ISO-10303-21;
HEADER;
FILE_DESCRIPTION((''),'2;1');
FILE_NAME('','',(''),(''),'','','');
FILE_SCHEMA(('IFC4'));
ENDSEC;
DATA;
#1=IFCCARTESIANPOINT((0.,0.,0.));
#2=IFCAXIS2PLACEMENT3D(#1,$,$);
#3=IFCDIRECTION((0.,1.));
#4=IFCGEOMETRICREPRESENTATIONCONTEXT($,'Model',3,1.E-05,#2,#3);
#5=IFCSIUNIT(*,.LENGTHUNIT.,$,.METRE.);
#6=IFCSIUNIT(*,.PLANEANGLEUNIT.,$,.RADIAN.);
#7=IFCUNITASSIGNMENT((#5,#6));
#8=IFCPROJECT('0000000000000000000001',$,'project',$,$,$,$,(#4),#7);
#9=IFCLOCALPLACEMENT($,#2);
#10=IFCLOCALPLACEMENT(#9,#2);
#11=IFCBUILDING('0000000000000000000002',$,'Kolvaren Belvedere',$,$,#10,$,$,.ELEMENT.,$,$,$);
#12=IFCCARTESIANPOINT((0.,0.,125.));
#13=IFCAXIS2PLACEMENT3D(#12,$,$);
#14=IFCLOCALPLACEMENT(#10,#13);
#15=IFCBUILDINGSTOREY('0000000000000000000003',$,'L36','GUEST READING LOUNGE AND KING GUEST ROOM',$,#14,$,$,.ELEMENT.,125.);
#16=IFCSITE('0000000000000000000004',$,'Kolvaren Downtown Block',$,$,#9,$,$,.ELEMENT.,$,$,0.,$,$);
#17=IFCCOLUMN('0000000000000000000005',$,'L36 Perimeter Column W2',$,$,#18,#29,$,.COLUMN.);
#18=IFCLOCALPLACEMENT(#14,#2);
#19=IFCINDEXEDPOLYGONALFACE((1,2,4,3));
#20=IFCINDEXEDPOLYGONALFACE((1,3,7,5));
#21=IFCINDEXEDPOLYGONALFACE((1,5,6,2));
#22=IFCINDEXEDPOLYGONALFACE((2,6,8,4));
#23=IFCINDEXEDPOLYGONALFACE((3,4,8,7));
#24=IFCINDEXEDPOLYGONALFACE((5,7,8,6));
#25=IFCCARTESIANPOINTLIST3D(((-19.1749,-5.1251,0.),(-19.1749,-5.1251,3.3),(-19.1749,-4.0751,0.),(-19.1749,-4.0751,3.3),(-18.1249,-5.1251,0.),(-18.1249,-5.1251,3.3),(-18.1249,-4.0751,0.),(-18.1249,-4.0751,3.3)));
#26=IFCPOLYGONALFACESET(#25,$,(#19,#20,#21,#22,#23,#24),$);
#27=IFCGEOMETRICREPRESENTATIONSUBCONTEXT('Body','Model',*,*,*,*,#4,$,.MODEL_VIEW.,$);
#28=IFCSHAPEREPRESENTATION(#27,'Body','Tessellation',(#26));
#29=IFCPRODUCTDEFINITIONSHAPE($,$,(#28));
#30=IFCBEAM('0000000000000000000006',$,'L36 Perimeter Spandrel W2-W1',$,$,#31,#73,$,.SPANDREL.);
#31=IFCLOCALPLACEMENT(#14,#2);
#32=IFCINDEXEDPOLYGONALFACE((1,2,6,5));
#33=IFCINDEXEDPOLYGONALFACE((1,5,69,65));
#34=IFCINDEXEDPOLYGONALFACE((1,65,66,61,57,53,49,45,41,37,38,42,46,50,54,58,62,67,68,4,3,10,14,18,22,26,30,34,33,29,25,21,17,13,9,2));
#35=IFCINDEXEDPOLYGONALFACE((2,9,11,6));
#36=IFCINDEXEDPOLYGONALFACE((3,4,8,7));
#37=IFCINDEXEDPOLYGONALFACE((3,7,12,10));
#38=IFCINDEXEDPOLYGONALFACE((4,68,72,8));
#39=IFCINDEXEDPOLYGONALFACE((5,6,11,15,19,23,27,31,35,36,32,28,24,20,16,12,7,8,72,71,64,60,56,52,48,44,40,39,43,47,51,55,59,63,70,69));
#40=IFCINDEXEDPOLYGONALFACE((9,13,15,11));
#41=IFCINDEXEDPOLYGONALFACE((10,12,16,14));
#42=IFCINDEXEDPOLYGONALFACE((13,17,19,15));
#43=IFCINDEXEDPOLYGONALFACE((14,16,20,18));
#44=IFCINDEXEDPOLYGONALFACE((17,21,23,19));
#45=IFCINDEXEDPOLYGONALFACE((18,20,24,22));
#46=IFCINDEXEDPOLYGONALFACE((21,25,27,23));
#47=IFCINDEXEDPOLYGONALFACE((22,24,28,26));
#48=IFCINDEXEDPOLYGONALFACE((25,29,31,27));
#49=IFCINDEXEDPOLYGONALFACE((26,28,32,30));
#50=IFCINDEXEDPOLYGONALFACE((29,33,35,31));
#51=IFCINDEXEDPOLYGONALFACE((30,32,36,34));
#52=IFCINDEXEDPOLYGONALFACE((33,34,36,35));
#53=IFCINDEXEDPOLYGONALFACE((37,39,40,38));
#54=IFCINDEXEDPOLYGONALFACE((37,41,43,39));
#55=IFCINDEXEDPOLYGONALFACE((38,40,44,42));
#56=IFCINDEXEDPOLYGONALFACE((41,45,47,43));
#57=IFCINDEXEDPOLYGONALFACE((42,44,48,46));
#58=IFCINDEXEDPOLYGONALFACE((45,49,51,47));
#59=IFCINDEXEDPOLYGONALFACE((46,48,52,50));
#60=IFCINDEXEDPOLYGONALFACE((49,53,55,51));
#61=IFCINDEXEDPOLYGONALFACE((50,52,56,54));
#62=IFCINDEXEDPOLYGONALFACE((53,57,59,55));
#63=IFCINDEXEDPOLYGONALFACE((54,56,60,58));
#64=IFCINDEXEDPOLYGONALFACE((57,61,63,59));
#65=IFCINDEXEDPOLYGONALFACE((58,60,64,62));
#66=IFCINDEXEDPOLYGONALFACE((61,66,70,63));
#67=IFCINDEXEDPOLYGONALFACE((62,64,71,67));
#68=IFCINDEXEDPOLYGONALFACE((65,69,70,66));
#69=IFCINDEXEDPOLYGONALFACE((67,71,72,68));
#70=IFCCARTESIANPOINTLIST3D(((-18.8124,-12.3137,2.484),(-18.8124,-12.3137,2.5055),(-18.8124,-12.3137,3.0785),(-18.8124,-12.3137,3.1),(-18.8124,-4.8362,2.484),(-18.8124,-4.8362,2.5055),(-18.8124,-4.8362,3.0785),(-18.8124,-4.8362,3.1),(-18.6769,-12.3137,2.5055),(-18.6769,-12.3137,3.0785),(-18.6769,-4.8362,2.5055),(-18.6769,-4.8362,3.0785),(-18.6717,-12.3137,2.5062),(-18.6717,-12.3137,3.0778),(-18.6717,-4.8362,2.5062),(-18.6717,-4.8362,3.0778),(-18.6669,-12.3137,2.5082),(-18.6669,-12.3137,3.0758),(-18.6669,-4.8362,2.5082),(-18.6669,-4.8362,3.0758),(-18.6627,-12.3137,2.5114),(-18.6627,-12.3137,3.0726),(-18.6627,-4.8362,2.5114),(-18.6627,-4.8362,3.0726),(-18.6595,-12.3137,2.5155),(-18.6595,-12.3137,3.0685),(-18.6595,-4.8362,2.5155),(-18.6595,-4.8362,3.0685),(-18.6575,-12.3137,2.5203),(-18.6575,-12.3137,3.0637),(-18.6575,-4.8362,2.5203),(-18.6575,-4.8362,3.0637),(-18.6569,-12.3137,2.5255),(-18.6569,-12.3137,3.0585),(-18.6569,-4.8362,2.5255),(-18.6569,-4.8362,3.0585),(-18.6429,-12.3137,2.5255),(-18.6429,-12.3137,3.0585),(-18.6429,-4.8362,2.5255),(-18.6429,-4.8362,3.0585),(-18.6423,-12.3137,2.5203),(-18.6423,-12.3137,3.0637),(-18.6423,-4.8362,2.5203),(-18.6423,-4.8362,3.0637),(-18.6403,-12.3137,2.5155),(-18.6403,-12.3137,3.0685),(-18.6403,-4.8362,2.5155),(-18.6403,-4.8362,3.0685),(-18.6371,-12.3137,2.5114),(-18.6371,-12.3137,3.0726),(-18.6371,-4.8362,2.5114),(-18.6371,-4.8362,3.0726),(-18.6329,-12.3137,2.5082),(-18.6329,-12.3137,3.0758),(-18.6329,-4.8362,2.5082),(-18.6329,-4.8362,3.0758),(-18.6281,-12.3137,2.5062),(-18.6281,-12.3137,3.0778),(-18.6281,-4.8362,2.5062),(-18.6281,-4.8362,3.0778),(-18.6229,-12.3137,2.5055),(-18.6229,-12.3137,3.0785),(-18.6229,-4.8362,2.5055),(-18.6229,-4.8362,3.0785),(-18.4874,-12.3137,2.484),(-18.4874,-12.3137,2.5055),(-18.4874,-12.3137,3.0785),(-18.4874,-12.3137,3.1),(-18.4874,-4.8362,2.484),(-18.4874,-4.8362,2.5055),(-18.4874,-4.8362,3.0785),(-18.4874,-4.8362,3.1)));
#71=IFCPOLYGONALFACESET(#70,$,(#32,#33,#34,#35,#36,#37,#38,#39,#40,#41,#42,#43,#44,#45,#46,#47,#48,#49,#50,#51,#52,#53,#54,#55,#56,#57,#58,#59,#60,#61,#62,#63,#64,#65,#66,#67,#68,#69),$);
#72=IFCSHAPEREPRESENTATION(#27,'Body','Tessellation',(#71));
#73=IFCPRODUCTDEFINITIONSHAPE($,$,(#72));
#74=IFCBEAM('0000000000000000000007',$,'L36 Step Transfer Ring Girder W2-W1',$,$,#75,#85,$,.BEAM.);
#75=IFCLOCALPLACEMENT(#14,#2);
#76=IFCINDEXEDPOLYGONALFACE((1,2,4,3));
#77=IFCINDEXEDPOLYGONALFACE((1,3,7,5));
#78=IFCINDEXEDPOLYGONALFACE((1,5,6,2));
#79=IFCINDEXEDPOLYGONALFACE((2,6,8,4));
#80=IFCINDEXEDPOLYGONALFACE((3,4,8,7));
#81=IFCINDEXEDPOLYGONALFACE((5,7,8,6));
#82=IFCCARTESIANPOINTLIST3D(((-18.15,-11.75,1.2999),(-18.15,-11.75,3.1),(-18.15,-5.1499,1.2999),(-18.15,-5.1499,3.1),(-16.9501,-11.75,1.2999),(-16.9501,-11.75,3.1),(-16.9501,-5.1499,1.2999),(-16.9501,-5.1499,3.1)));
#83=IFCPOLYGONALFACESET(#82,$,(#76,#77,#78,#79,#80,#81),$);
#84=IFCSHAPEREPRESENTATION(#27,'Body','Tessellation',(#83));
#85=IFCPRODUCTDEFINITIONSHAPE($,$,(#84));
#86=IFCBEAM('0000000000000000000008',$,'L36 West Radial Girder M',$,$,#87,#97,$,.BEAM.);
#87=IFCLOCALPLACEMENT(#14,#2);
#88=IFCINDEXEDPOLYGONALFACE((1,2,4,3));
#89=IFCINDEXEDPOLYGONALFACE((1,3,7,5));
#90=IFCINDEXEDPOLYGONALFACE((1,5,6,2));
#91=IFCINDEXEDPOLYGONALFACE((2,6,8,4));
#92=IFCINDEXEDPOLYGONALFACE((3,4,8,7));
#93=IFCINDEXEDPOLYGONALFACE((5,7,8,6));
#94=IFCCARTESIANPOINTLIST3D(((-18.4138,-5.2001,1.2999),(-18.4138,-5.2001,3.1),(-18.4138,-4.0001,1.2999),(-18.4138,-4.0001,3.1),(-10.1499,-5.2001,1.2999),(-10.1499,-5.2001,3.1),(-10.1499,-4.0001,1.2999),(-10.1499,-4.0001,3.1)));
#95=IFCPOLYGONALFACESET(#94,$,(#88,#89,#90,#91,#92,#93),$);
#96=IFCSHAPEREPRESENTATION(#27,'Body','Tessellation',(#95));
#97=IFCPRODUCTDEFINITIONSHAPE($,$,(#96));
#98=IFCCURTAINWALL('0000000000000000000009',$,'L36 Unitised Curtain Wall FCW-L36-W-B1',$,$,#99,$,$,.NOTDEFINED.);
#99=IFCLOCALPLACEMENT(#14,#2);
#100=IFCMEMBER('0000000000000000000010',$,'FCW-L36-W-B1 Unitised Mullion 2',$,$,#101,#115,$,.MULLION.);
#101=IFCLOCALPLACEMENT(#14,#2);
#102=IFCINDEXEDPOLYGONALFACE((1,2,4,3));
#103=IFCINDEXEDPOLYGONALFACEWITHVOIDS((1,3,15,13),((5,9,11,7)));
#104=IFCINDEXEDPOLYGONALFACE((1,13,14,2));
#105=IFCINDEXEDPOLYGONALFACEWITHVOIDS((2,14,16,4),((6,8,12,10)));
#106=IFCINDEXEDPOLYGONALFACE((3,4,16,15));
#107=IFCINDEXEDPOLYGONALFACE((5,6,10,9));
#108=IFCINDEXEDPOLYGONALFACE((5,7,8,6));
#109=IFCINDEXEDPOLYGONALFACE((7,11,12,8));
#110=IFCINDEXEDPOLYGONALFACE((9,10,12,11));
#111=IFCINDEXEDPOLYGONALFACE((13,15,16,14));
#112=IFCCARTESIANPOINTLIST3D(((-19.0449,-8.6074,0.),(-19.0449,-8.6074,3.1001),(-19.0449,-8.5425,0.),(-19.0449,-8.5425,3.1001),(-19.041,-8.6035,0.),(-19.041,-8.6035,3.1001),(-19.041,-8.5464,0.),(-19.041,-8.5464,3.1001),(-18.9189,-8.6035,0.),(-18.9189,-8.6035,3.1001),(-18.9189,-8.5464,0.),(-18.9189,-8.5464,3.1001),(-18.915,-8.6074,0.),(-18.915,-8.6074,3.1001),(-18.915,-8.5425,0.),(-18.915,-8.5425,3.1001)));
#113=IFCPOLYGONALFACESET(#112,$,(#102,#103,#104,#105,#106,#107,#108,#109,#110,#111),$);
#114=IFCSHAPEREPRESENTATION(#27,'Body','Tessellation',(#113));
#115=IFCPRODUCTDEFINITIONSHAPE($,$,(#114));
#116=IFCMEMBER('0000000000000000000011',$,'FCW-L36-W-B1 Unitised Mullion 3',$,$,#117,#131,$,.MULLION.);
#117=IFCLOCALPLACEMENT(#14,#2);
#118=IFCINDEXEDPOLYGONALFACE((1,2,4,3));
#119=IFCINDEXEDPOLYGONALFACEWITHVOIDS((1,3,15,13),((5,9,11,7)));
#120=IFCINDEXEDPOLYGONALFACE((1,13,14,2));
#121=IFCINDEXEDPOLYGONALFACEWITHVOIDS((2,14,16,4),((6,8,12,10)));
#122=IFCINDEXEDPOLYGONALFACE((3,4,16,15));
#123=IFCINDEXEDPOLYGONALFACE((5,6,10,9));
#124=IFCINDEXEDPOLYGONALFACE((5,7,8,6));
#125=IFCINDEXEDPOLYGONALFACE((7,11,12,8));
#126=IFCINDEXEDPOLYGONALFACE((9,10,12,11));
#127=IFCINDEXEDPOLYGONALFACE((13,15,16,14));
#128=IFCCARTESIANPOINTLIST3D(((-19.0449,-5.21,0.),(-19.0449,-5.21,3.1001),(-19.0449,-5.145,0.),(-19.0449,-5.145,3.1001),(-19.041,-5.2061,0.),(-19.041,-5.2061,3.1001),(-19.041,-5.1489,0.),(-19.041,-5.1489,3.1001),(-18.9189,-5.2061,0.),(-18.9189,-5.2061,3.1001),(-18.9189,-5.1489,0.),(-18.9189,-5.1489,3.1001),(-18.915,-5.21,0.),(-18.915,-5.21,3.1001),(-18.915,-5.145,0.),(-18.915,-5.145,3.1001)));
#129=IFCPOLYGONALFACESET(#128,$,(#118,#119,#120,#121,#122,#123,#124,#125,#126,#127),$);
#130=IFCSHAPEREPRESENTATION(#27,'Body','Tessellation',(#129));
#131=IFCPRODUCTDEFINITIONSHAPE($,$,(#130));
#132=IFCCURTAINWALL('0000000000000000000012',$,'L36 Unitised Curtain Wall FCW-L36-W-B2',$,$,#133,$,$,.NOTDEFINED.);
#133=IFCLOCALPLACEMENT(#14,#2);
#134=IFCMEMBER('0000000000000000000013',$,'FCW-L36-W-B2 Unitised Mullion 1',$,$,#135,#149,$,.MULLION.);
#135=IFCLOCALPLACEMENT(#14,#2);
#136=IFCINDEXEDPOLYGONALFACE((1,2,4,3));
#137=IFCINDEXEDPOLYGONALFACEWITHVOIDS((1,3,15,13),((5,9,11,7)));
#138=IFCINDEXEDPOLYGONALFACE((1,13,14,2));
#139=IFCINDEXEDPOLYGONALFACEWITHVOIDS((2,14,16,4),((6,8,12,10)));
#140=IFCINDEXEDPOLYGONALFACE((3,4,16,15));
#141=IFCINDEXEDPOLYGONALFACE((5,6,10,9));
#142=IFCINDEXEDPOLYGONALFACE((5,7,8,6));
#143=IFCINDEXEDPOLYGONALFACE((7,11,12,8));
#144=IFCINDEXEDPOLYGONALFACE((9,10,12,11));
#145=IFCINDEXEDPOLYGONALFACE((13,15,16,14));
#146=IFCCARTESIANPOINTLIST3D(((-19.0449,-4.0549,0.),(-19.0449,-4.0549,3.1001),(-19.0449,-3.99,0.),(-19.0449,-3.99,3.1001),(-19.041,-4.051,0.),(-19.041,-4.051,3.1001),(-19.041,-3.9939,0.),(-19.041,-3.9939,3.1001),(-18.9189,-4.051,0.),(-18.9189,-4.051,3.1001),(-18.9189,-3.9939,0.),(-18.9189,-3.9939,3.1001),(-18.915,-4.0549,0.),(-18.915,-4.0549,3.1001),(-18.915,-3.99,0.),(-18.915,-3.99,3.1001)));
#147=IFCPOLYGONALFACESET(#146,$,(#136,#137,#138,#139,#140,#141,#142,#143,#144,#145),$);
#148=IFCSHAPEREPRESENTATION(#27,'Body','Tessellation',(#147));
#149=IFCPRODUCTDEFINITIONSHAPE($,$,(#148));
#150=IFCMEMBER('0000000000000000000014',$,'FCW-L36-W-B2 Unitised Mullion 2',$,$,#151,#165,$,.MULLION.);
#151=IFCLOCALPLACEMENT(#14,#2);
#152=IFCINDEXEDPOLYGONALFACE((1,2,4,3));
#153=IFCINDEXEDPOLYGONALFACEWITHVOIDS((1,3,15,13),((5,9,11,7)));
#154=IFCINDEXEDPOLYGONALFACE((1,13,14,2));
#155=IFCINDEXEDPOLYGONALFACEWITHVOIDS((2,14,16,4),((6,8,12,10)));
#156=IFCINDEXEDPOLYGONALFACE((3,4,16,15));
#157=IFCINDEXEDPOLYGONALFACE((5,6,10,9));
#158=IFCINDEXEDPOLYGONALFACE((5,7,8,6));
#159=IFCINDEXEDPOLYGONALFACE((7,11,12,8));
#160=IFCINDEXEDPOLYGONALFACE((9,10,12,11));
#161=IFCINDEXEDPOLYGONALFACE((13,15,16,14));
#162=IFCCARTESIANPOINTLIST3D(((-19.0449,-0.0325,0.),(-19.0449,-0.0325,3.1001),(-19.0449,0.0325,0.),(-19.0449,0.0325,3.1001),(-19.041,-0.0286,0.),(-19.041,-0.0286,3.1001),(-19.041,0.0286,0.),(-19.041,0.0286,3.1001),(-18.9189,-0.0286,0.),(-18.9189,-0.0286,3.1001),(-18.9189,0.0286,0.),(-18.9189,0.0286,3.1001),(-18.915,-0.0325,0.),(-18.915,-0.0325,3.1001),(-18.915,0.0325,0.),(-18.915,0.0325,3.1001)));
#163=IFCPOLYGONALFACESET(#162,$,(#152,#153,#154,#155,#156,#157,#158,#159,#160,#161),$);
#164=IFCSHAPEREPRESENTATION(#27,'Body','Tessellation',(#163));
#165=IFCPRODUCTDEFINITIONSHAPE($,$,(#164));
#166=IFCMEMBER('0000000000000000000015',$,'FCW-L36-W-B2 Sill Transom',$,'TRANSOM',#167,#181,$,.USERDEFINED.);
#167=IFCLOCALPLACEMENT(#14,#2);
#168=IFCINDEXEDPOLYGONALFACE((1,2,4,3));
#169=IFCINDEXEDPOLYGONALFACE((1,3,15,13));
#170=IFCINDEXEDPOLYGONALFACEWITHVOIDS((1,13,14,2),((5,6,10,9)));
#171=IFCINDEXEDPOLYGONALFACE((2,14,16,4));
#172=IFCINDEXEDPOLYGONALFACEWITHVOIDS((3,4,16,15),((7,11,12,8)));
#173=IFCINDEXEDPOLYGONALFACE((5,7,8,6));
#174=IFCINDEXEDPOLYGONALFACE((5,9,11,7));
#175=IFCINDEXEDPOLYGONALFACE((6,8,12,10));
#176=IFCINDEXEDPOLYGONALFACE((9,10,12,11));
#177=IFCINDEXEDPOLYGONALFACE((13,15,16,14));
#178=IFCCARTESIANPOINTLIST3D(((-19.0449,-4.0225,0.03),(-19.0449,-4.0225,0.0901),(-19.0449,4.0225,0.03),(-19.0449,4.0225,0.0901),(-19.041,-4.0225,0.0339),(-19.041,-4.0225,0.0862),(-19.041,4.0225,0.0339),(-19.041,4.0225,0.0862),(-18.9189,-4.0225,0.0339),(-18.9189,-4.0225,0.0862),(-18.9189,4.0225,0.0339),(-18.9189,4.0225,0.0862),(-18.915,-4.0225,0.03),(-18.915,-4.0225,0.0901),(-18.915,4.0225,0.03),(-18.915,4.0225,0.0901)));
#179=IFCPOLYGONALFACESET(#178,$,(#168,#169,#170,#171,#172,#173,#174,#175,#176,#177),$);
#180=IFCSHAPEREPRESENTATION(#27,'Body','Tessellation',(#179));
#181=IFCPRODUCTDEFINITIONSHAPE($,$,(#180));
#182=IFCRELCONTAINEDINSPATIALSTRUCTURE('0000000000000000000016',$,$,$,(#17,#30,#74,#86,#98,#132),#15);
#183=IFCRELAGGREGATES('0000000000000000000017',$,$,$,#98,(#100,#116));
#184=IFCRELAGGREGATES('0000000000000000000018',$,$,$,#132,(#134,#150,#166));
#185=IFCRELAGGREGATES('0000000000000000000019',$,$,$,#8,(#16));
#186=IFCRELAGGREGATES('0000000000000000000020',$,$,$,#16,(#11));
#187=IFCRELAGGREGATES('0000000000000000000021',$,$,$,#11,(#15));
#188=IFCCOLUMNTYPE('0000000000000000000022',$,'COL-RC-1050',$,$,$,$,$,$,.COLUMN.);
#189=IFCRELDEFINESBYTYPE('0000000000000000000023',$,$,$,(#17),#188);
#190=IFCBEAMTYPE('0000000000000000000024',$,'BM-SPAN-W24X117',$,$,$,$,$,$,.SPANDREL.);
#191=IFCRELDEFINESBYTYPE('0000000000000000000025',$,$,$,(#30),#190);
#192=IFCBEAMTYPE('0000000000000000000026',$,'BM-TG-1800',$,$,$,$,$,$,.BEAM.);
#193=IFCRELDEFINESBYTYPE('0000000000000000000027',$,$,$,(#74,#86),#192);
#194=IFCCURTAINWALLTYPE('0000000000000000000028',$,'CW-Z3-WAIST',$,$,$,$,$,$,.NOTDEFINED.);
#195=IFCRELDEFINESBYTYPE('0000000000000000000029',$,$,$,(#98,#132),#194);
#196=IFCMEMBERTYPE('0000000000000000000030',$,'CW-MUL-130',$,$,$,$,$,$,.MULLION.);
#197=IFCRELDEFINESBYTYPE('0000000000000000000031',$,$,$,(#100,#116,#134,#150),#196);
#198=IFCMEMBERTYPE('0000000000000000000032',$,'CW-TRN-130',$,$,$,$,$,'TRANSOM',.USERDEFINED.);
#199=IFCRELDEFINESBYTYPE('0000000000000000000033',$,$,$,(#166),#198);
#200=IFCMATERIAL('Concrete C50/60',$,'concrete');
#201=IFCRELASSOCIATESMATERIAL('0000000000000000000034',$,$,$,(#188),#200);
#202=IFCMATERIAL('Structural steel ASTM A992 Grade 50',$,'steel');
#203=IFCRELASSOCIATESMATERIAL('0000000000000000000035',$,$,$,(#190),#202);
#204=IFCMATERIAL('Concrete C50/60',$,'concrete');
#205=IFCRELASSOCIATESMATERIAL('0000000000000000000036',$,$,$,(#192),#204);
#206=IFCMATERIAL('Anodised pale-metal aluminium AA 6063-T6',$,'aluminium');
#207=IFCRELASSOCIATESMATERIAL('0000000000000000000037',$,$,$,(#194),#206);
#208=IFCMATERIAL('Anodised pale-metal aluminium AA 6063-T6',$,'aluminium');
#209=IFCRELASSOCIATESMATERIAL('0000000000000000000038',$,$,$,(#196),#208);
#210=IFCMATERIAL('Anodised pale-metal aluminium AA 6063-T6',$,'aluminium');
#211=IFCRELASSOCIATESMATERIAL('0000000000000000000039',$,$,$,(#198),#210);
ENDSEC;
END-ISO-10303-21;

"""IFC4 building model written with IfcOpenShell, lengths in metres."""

from ifc_helpers import new_model, si_unit, direction, frame, origin, origin_2d, place, context, subcontext, project, spatial, rectangle, hollow_rectangle, i_section, extrude, material, material_profile, profile_set, type_object, element, aggregate, save


model = new_model("IFC4")

# Units and contexts
model_context = context("Model", 3, precision=1e-05, world=origin(), true_north=direction((0.0, 1.0)))
body_context = subcontext(model_context, "Body", "Model", "MODEL_VIEW")
ifc_project = project(units=[si_unit("LENGTHUNIT", "METRE"), si_unit("PLANEANGLEUNIT", "RADIAN")], contexts=[model_context])

# Site, building, storey
site_placement = place(None, origin())
site = spatial("IfcSite", under=ifc_project, at=site_placement, Name="Kolvaren Downtown Block", CompositionType="ELEMENT", RefElevation=0.0)
building_placement = place(site_placement, origin())
building = spatial("IfcBuilding", under=site, at=building_placement, Name="Kolvaren Belvedere", CompositionType="ELEMENT")
storey_placement = place(building_placement, frame((0.0, 0.0, 125.0)))
storey = spatial("IfcBuildingStorey", under=building, at=storey_placement, Name="L36", Description="GUEST READING LOUNGE AND KING GUEST ROOM", CompositionType="ELEMENT", Elevation=125.0)

# Column
ifc_material_1 = material(Name="Concrete C50/60", Category="concrete")
ifc_material_profile_1 = material_profile(ifc_material_1, rectangle(XDim=1.05, YDim=1.05, at=origin_2d()), Name="RC 1050X1050")
ifc_profile_set_1 = profile_set([ifc_material_profile_1], Name="Concrete C50/60")
column_type = type_object("IfcColumnType", Name="COL-RC-1050", PredefinedType="COLUMN", material=ifc_profile_set_1)
column_placement = place(storey_placement, frame((-18.6499, -4.6001, 0.0), z_axis=(0.0, 0.0, 1.0), x_axis=(1.0, 0.0, 0.0)))
element("IfcColumn", 1, at=column_placement, inside=storey, type_object=column_type, Name="L36 Perimeter Column W2", PredefinedType="COLUMN", context=body_context, shape_type="SweptSolid", body=[
    extrude(rectangle(XDim=1.05, YDim=1.05, at=origin_2d()), origin(), (0.0, 0.0, 1.0), 3.3),
])

# Beams
ifc_material_2 = material(Name="Structural steel ASTM A992 Grade 50", Category="steel")
ifc_material_profile_2 = material_profile(ifc_material_2, i_section(OverallWidth=0.325, OverallDepth=0.616, WebThickness=0.0139, FlangeThickness=0.0215, FilletRadius=0.02, at=origin_2d()), Name="W24X117")
ifc_profile_set_2 = profile_set([ifc_material_profile_2], Name="Structural steel ASTM A992 Grade 50")
beam_type_1 = type_object("IfcBeamType", Name="BM-SPAN-W24X117", PredefinedType="SPANDREL", material=ifc_profile_set_2)
beam_1_placement = place(storey_placement, frame((-18.6499, -4.8362, 2.792), z_axis=(0.0, -1.0, 0.0), x_axis=(1.0, 0.0, 0.0)))
element("IfcBeam", 2, at=beam_1_placement, inside=storey, type_object=beam_type_1, Name="L36 Perimeter Spandrel W2-W1", PredefinedType="SPANDREL", context=body_context, shape_type="SweptSolid", body=[
    extrude(i_section(OverallWidth=0.325, OverallDepth=0.616, WebThickness=0.0139, FlangeThickness=0.0215, FilletRadius=0.02, at=origin_2d()), origin(), (0.0, 0.0, 1.0), 7.4775),
])
ifc_material_3 = material(Name="Concrete C50/60", Category="concrete")
ifc_material_profile_3 = material_profile(ifc_material_3, rectangle(XDim=1.2, YDim=1.8, at=origin_2d()), Name="RC 1200X1800")
ifc_profile_set_3 = profile_set([ifc_material_profile_3], Name="Concrete C50/60")
beam_type_2 = type_object("IfcBeamType", Name="BM-TG-1800", PredefinedType="BEAM", material=ifc_profile_set_3)
beam_2_placement = place(storey_placement, frame((-17.55, -5.1499, 2.2), z_axis=(0.0, -1.0, 0.0), x_axis=(1.0, 0.0, 0.0)))
element("IfcBeam", 3, at=beam_2_placement, inside=storey, type_object=beam_type_2, Name="L36 Step Transfer Ring Girder W2-W1", PredefinedType="BEAM", context=body_context, shape_type="SweptSolid", body=[
    extrude(rectangle(XDim=1.2, YDim=1.8, at=origin_2d()), origin(), (0.0, 0.0, 1.0), 6.6001),
])
beam_3_placement = place(storey_placement, frame((-10.1499, -4.6001, 2.2), z_axis=(-1.0, 0.0, 0.0), x_axis=(0.0, -1.0, 0.0)))
element("IfcBeam", 4, at=beam_3_placement, inside=storey, type_object=beam_type_2, Name="L36 West Radial Girder M", PredefinedType="BEAM", context=body_context, shape_type="SweptSolid", body=[
    extrude(rectangle(XDim=1.2, YDim=1.8, at=origin_2d()), origin(), (0.0, 0.0, 1.0), 8.2639),
])

# Curtain walls, members
ifc_material_4 = material(Name="Anodised pale-metal aluminium AA 6063-T6", Category="aluminium")
curtain_wall_type = type_object("IfcCurtainWallType", Name="CW-Z3-WAIST", PredefinedType="NOTDEFINED", material=ifc_material_4)
curtain_wall_1_placement = place(storey_placement, origin())
curtain_wall_1 = element("IfcCurtainWall", 5, at=curtain_wall_1_placement, inside=storey, type_object=curtain_wall_type, Name="L36 Unitised Curtain Wall FCW-L36-W-B1", PredefinedType="NOTDEFINED")
ifc_material_5 = material(Name="Anodised pale-metal aluminium AA 6063-T6", Category="aluminium")
ifc_material_profile_4 = material_profile(ifc_material_5, hollow_rectangle(XDim=0.0649, YDim=0.1299, WallThickness=0.0039, at=origin_2d()), Name="ALU-MUL-130X65")
ifc_profile_set_4 = profile_set([ifc_material_profile_4], Name="Anodised pale-metal aluminium AA 6063-T6")
member_type_1 = type_object("IfcMemberType", Name="CW-MUL-130", PredefinedType="MULLION", material=ifc_profile_set_4)
member_1_placement = place(storey_placement, frame((-18.98, -8.575, 0.0), z_axis=(0.0, 0.0, 1.0), x_axis=(0.0, 1.0, 0.0)))
member_1 = element("IfcMember", 6, at=member_1_placement, type_object=member_type_1, Name="FCW-L36-W-B1 Unitised Mullion 2", PredefinedType="MULLION", context=body_context, shape_type="SweptSolid", body=[
    extrude(hollow_rectangle(XDim=0.0649, YDim=0.1299, WallThickness=0.0039, at=origin_2d()), origin(), (0.0, 0.0, 1.0), 3.1001),
])
member_2_placement = place(storey_placement, frame((-18.98, -5.1775, 0.0), z_axis=(0.0, 0.0, 1.0), x_axis=(0.0, 1.0, 0.0)))
member_2 = element("IfcMember", 7, at=member_2_placement, type_object=member_type_1, Name="FCW-L36-W-B1 Unitised Mullion 3", PredefinedType="MULLION", context=body_context, shape_type="SweptSolid", body=[
    extrude(hollow_rectangle(XDim=0.0649, YDim=0.1299, WallThickness=0.0039, at=origin_2d()), origin(), (0.0, 0.0, 1.0), 3.1001),
])
curtain_wall_2_placement = place(storey_placement, origin())
curtain_wall_2 = element("IfcCurtainWall", 8, at=curtain_wall_2_placement, inside=storey, type_object=curtain_wall_type, Name="L36 Unitised Curtain Wall FCW-L36-W-B2", PredefinedType="NOTDEFINED")
member_3_placement = place(storey_placement, frame((-18.98, -4.0225, 0.0), z_axis=(0.0, 0.0, 1.0), x_axis=(0.0, 1.0, 0.0)))
member_3 = element("IfcMember", 9, at=member_3_placement, type_object=member_type_1, Name="FCW-L36-W-B2 Unitised Mullion 1", PredefinedType="MULLION", context=body_context, shape_type="SweptSolid", body=[
    extrude(hollow_rectangle(XDim=0.0649, YDim=0.1299, WallThickness=0.0039, at=origin_2d()), origin(), (0.0, 0.0, 1.0), 3.1001),
])
member_4_placement = place(storey_placement, frame((-18.98, 0.0, 0.0), z_axis=(0.0, 0.0, 1.0), x_axis=(0.0, 1.0, 0.0)))
member_4 = element("IfcMember", 10, at=member_4_placement, type_object=member_type_1, Name="FCW-L36-W-B2 Unitised Mullion 2", PredefinedType="MULLION", context=body_context, shape_type="SweptSolid", body=[
    extrude(hollow_rectangle(XDim=0.0649, YDim=0.1299, WallThickness=0.0039, at=origin_2d()), origin(), (0.0, 0.0, 1.0), 3.1001),
])
ifc_material_6 = material(Name="Anodised pale-metal aluminium AA 6063-T6", Category="aluminium")
ifc_material_profile_5 = material_profile(ifc_material_6, hollow_rectangle(XDim=0.0601, YDim=0.1299, WallThickness=0.0039, at=origin_2d()), Name="ALU-TRN-130X60")
ifc_profile_set_5 = profile_set([ifc_material_profile_5], Name="Anodised pale-metal aluminium AA 6063-T6")
member_type_2 = type_object("IfcMemberType", Name="CW-TRN-130", ElementType="TRANSOM", PredefinedType="USERDEFINED", material=ifc_profile_set_5)
member_5_placement = place(storey_placement, frame((-18.98, -4.0225, 0.0601), z_axis=(0.0, 1.0, 0.0), x_axis=(0.0, 0.0, 1.0)))
member_5 = element("IfcMember", 11, at=member_5_placement, type_object=member_type_2, Name="FCW-L36-W-B2 Sill Transom", ObjectType="TRANSOM", PredefinedType="USERDEFINED", context=body_context, shape_type="SweptSolid", body=[
    extrude(hollow_rectangle(XDim=0.0601, YDim=0.1299, WallThickness=0.0039, at=origin_2d()), origin(), (0.0, 0.0, 1.0), 8.0449),
])

aggregate(curtain_wall_1, [member_1, member_2])
aggregate(curtain_wall_2, [member_3, member_4, member_5])

save(model, "model.ifc")
